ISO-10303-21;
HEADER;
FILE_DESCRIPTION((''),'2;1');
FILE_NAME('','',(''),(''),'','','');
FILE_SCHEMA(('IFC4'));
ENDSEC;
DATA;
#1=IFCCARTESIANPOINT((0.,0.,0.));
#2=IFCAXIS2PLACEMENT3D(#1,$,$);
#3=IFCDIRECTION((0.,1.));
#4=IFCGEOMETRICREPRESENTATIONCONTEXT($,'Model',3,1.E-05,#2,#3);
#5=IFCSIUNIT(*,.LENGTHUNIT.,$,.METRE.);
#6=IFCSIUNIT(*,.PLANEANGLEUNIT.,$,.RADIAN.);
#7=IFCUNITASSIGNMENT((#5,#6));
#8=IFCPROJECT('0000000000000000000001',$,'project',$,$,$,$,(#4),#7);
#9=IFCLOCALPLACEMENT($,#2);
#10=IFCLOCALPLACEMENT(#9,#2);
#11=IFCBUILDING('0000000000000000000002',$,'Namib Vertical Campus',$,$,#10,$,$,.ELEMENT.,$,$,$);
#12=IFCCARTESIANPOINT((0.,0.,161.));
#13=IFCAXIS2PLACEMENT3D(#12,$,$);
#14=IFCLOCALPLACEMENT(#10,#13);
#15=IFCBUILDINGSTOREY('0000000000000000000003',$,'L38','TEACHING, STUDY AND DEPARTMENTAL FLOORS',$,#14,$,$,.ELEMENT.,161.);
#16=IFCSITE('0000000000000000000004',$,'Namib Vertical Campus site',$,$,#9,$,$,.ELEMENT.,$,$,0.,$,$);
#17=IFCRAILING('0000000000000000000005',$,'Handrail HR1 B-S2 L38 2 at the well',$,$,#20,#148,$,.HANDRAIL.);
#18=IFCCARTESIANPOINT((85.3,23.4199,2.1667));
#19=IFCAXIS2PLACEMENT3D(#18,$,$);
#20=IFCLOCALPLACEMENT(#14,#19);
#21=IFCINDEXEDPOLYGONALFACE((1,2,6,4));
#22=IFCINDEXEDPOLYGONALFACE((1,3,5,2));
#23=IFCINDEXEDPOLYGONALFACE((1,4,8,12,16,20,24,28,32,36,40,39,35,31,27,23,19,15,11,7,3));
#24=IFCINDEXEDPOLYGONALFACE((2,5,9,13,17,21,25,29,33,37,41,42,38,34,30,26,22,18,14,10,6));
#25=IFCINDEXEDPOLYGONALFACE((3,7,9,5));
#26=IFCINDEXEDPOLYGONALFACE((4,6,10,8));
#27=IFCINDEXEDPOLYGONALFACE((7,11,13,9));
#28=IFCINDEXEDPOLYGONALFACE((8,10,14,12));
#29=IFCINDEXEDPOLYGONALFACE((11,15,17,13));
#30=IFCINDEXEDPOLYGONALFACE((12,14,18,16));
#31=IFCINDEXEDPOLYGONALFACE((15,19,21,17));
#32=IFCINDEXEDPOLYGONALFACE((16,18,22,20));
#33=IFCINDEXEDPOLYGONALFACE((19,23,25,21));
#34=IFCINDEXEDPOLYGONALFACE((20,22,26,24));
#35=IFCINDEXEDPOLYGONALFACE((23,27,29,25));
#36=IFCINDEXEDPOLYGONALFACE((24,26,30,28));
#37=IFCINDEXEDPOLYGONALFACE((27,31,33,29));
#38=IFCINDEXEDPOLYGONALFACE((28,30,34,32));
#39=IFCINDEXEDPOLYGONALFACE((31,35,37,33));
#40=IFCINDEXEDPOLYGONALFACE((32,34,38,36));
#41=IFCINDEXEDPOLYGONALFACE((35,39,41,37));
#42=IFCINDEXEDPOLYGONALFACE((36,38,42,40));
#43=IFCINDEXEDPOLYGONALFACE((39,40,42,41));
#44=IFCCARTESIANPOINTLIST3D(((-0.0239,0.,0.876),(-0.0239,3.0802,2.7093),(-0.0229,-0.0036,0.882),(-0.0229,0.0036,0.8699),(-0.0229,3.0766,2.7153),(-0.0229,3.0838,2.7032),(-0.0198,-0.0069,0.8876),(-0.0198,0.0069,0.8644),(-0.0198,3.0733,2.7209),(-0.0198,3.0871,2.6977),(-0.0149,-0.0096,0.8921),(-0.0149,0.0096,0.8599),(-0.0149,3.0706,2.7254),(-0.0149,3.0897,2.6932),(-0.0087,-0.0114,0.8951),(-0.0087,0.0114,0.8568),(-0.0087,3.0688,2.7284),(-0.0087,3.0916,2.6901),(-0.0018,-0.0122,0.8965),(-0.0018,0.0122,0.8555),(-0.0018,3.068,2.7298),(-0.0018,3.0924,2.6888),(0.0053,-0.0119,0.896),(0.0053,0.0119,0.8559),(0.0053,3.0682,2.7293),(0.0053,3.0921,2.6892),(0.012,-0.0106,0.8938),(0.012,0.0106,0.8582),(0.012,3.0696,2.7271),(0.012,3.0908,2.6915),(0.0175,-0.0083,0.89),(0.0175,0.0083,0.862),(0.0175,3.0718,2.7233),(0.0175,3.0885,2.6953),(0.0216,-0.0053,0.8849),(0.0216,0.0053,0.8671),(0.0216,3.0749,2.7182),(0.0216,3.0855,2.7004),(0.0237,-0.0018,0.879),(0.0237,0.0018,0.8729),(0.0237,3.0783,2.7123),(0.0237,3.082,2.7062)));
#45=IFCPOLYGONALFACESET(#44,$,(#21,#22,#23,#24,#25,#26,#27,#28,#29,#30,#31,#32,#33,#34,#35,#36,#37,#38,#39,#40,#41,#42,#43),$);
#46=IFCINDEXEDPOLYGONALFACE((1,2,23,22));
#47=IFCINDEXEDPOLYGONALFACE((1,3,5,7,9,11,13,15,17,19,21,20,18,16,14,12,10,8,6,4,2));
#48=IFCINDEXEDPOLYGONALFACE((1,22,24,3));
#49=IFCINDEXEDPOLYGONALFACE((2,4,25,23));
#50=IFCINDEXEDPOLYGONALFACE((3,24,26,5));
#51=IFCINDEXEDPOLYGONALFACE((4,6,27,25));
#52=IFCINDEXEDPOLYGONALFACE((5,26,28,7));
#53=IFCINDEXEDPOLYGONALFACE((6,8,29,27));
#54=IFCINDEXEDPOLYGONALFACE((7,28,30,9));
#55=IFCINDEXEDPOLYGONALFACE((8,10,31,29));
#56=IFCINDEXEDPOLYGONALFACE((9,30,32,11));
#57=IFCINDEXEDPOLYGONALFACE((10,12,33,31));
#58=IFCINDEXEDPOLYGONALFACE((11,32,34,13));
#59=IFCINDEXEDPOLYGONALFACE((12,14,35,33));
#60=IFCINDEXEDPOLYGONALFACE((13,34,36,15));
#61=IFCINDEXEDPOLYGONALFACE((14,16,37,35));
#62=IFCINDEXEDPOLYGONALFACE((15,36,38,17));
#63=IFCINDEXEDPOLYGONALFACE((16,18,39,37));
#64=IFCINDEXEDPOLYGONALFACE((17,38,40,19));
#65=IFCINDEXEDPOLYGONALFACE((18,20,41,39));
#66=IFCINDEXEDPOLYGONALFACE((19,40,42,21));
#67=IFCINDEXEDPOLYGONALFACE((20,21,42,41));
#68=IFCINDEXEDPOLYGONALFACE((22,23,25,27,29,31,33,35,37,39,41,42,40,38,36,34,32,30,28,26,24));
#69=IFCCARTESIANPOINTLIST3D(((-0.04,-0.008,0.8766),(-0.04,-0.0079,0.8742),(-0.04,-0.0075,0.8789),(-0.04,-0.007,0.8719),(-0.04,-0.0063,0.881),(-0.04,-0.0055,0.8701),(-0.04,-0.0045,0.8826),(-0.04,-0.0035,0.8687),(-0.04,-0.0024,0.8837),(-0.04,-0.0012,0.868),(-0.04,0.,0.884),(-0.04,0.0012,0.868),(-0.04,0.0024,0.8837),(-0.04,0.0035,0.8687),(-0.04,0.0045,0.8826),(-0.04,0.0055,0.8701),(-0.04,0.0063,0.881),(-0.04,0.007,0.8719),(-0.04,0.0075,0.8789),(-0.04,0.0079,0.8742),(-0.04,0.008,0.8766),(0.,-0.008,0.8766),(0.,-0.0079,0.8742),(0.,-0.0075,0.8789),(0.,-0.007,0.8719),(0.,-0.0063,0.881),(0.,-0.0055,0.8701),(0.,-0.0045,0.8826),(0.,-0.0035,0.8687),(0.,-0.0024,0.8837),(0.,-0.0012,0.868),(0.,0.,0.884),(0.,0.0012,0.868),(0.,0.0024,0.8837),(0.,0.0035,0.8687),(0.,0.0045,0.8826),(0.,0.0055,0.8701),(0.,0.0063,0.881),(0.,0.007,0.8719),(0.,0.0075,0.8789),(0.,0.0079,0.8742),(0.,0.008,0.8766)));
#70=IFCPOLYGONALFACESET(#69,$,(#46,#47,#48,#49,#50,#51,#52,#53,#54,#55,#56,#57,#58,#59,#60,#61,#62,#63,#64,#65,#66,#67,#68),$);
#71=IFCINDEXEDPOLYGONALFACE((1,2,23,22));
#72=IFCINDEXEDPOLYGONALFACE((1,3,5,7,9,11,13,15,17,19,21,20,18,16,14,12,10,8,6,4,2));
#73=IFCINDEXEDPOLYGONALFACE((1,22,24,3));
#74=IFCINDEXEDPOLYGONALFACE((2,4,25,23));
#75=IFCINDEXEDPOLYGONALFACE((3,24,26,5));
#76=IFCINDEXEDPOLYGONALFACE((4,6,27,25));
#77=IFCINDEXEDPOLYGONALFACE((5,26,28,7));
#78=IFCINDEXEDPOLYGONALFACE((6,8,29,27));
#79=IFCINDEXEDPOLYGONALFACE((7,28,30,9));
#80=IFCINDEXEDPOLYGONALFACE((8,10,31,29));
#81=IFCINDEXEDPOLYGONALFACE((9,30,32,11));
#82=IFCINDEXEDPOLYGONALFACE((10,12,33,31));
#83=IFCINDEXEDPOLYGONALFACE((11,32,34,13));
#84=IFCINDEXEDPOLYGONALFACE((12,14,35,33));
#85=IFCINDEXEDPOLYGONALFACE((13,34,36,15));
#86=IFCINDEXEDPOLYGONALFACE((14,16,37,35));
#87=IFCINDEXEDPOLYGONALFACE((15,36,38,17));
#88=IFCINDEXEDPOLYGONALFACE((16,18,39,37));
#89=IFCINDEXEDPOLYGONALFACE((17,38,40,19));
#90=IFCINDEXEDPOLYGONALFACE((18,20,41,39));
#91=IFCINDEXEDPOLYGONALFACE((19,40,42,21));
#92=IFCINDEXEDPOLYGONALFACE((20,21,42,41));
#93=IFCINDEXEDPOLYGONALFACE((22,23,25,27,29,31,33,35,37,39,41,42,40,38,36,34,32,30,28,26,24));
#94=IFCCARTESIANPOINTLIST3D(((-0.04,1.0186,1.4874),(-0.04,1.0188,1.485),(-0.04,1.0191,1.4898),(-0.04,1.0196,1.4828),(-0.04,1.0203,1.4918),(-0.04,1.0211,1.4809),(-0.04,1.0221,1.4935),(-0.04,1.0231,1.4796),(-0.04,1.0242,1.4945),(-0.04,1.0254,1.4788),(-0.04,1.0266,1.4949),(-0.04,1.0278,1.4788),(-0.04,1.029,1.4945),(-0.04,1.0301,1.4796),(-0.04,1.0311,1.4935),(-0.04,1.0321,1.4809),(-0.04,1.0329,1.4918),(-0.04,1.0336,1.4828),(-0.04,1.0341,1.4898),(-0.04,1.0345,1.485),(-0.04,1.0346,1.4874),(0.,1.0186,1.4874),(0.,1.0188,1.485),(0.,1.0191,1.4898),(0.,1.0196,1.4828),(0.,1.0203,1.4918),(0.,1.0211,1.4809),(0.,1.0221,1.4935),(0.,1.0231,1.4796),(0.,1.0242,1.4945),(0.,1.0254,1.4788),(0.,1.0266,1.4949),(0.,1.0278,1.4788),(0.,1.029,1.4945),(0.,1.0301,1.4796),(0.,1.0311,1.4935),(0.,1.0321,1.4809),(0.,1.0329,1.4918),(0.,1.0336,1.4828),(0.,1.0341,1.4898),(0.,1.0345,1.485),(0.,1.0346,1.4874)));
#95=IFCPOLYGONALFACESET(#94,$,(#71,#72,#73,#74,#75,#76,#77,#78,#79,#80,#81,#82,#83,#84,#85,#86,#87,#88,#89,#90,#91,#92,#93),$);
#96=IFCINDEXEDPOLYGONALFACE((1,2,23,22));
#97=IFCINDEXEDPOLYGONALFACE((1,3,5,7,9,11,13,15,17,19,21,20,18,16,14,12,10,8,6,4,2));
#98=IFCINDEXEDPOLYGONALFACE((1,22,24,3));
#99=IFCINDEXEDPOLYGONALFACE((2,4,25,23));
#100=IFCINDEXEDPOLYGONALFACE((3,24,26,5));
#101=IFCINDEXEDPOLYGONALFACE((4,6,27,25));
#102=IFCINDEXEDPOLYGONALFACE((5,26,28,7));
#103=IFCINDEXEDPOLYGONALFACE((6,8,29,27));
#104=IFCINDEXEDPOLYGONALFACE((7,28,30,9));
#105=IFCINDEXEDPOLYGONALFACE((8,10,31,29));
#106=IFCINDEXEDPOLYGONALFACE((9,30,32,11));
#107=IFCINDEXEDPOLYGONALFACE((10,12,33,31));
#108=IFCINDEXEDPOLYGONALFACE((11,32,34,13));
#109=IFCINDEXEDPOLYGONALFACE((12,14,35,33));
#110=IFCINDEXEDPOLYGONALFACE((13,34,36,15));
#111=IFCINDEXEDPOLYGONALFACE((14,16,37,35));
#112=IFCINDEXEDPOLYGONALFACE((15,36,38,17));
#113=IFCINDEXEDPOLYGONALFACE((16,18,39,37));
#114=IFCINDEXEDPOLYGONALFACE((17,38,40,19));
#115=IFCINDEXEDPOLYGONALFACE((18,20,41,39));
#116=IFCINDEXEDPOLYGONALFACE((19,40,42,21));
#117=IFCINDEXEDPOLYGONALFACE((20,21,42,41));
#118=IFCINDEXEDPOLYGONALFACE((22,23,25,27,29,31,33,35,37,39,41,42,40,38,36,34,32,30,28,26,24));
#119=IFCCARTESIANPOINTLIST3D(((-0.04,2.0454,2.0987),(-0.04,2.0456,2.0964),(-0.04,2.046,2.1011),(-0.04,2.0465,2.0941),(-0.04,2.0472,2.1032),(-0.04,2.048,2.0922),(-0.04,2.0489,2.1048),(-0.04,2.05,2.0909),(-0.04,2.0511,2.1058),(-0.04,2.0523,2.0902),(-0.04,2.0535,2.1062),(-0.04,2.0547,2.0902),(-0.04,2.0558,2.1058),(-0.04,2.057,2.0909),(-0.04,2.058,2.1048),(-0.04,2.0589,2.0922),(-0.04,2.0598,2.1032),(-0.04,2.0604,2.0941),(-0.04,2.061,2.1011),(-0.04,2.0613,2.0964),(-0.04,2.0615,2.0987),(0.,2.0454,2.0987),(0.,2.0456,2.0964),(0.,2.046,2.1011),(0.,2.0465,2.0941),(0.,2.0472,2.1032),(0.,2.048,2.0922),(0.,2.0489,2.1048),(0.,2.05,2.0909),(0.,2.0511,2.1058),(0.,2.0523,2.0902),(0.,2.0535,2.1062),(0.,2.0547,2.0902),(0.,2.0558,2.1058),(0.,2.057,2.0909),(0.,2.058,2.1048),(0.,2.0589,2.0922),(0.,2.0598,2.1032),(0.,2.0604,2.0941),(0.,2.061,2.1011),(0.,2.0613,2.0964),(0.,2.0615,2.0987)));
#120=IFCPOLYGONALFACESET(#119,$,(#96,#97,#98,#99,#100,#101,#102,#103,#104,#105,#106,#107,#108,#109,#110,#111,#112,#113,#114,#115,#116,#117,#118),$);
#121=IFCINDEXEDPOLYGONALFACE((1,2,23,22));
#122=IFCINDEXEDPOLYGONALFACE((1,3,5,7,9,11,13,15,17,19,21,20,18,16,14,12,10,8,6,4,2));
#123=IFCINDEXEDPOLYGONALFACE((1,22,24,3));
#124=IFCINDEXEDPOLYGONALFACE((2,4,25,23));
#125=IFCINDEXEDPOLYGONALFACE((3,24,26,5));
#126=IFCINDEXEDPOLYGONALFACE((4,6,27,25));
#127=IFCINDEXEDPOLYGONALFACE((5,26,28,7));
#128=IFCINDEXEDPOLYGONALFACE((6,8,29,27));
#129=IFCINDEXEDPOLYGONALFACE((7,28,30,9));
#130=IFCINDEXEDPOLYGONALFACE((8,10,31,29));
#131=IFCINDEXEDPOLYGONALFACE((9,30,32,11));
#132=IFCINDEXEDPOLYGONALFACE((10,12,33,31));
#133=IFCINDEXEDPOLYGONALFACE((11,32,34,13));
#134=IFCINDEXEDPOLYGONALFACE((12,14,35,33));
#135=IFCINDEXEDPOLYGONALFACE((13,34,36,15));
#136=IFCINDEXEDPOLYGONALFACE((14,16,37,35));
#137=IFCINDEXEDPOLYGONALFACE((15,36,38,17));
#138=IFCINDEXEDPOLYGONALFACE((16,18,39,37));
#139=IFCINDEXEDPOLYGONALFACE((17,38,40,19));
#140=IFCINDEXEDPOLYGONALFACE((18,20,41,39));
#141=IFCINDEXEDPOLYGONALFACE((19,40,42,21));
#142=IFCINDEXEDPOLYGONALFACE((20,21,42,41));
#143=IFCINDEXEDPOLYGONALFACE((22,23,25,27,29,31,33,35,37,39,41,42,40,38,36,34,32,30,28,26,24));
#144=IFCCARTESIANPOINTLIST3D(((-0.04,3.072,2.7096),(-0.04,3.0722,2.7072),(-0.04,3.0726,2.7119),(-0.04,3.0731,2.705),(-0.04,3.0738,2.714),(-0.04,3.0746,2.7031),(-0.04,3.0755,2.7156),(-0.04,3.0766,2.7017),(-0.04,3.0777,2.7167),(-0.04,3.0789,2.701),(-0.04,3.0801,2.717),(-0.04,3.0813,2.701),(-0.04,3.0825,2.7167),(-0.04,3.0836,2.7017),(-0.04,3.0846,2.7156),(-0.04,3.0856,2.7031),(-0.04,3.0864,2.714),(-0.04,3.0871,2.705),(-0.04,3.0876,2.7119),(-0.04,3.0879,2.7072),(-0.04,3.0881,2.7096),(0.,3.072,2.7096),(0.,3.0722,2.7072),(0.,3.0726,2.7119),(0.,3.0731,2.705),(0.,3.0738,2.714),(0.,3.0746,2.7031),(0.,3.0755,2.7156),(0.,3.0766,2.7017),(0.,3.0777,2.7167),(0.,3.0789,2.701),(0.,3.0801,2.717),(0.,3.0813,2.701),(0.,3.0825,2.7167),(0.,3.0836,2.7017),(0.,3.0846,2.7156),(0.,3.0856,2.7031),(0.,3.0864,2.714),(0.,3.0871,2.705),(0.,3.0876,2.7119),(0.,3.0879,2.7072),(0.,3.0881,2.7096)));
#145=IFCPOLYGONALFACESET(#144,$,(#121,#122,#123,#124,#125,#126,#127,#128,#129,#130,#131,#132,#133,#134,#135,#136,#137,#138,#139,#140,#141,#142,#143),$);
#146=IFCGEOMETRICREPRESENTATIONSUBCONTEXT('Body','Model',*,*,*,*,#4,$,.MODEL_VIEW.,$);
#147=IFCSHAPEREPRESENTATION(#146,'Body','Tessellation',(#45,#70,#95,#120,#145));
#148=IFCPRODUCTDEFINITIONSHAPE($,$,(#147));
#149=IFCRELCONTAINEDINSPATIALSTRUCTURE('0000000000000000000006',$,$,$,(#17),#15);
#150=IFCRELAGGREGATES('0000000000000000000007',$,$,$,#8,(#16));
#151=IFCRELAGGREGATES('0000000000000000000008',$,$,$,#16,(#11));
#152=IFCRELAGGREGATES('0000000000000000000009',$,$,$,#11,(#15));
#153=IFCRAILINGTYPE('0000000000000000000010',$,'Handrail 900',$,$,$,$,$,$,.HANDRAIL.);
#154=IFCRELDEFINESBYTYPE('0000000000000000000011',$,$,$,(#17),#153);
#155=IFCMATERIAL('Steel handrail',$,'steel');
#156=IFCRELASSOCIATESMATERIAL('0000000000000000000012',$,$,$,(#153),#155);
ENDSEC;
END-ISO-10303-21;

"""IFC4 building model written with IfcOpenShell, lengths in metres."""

from ifc_helpers import new_model, si_unit, direction, frame, origin, origin_2d, place, context, subcontext, project, spatial, circle, extrude, material, type_object, element, save


model = new_model("IFC4")

# Units and contexts
model_context = context("Model", 3, precision=1e-05, world=origin(), true_north=direction((0.0, 1.0)))
body_context = subcontext(model_context, "Body", "Model", "MODEL_VIEW")
ifc_project = project(units=[si_unit("LENGTHUNIT", "METRE"), si_unit("PLANEANGLEUNIT", "RADIAN")], contexts=[model_context])

# Site, building, storey
site_placement = place(None, origin())
site = spatial("IfcSite", under=ifc_project, at=site_placement, Name="Namib Vertical Campus site", CompositionType="ELEMENT", RefElevation=0.0)
building_placement = place(site_placement, origin())
building = spatial("IfcBuilding", under=site, at=building_placement, Name="Namib Vertical Campus", CompositionType="ELEMENT")
storey_placement = place(building_placement, frame((0.0, 0.0, 161.0)))
storey = spatial("IfcBuildingStorey", under=building, at=storey_placement, Name="L38", Description="TEACHING, STUDY AND DEPARTMENTAL FLOORS", CompositionType="ELEMENT", Elevation=161.0)

# Railing
ifc_material_1 = material(Name="Steel handrail", Category="steel")
railing_type_1 = type_object("IfcRailingType", Name="Handrail 900", PredefinedType="HANDRAIL", material=ifc_material_1)
railing_1_placement = place(storey_placement, frame((85.3, 23.4199, 2.1667)))
element("IfcRailing", 1, at=railing_1_placement, inside=storey, type_object=railing_type_1, Name="Handrail HR1 B-S2 L38 2 at the well", PredefinedType="HANDRAIL", context=body_context, shape_type="SweptSolid", body=[
    extrude(circle(Radius=0.0239, at=origin_2d()), frame((0.0, 0.0, 0.876), z_axis=(0.0, 0.859309, 0.511458), x_axis=(-1.0, 0.0, 0.0)), (0.0, 0.0, 1.0), 3.5845),
    extrude(circle(Radius=0.0081, at=origin_2d()), frame((0.0, 0.0, 0.876), z_axis=(-1.0, 0.0, 0.0), x_axis=(0.0, 0.0, 1.0)), (0.0, 0.0, 1.0), 0.04),
    extrude(circle(Radius=0.0081, at=origin_2d()), frame((0.0, 1.0266, 1.4868), z_axis=(-1.0, 0.0, 0.0), x_axis=(0.0, 0.0, 1.0)), (0.0, 0.0, 1.0), 0.04),
    extrude(circle(Radius=0.0081, at=origin_2d()), frame((0.0, 2.0535, 2.0981), z_axis=(-1.0, 0.0, 0.0), x_axis=(0.0, 0.0, 1.0)), (0.0, 0.0, 1.0), 0.04),
    extrude(circle(Radius=0.0081, at=origin_2d()), frame((0.0, 3.0801, 2.709), z_axis=(-1.0, 0.0, 0.0), x_axis=(0.0, 0.0, 1.0)), (0.0, 0.0, 1.0), 0.04),
])

save(model, "model.ifc")
